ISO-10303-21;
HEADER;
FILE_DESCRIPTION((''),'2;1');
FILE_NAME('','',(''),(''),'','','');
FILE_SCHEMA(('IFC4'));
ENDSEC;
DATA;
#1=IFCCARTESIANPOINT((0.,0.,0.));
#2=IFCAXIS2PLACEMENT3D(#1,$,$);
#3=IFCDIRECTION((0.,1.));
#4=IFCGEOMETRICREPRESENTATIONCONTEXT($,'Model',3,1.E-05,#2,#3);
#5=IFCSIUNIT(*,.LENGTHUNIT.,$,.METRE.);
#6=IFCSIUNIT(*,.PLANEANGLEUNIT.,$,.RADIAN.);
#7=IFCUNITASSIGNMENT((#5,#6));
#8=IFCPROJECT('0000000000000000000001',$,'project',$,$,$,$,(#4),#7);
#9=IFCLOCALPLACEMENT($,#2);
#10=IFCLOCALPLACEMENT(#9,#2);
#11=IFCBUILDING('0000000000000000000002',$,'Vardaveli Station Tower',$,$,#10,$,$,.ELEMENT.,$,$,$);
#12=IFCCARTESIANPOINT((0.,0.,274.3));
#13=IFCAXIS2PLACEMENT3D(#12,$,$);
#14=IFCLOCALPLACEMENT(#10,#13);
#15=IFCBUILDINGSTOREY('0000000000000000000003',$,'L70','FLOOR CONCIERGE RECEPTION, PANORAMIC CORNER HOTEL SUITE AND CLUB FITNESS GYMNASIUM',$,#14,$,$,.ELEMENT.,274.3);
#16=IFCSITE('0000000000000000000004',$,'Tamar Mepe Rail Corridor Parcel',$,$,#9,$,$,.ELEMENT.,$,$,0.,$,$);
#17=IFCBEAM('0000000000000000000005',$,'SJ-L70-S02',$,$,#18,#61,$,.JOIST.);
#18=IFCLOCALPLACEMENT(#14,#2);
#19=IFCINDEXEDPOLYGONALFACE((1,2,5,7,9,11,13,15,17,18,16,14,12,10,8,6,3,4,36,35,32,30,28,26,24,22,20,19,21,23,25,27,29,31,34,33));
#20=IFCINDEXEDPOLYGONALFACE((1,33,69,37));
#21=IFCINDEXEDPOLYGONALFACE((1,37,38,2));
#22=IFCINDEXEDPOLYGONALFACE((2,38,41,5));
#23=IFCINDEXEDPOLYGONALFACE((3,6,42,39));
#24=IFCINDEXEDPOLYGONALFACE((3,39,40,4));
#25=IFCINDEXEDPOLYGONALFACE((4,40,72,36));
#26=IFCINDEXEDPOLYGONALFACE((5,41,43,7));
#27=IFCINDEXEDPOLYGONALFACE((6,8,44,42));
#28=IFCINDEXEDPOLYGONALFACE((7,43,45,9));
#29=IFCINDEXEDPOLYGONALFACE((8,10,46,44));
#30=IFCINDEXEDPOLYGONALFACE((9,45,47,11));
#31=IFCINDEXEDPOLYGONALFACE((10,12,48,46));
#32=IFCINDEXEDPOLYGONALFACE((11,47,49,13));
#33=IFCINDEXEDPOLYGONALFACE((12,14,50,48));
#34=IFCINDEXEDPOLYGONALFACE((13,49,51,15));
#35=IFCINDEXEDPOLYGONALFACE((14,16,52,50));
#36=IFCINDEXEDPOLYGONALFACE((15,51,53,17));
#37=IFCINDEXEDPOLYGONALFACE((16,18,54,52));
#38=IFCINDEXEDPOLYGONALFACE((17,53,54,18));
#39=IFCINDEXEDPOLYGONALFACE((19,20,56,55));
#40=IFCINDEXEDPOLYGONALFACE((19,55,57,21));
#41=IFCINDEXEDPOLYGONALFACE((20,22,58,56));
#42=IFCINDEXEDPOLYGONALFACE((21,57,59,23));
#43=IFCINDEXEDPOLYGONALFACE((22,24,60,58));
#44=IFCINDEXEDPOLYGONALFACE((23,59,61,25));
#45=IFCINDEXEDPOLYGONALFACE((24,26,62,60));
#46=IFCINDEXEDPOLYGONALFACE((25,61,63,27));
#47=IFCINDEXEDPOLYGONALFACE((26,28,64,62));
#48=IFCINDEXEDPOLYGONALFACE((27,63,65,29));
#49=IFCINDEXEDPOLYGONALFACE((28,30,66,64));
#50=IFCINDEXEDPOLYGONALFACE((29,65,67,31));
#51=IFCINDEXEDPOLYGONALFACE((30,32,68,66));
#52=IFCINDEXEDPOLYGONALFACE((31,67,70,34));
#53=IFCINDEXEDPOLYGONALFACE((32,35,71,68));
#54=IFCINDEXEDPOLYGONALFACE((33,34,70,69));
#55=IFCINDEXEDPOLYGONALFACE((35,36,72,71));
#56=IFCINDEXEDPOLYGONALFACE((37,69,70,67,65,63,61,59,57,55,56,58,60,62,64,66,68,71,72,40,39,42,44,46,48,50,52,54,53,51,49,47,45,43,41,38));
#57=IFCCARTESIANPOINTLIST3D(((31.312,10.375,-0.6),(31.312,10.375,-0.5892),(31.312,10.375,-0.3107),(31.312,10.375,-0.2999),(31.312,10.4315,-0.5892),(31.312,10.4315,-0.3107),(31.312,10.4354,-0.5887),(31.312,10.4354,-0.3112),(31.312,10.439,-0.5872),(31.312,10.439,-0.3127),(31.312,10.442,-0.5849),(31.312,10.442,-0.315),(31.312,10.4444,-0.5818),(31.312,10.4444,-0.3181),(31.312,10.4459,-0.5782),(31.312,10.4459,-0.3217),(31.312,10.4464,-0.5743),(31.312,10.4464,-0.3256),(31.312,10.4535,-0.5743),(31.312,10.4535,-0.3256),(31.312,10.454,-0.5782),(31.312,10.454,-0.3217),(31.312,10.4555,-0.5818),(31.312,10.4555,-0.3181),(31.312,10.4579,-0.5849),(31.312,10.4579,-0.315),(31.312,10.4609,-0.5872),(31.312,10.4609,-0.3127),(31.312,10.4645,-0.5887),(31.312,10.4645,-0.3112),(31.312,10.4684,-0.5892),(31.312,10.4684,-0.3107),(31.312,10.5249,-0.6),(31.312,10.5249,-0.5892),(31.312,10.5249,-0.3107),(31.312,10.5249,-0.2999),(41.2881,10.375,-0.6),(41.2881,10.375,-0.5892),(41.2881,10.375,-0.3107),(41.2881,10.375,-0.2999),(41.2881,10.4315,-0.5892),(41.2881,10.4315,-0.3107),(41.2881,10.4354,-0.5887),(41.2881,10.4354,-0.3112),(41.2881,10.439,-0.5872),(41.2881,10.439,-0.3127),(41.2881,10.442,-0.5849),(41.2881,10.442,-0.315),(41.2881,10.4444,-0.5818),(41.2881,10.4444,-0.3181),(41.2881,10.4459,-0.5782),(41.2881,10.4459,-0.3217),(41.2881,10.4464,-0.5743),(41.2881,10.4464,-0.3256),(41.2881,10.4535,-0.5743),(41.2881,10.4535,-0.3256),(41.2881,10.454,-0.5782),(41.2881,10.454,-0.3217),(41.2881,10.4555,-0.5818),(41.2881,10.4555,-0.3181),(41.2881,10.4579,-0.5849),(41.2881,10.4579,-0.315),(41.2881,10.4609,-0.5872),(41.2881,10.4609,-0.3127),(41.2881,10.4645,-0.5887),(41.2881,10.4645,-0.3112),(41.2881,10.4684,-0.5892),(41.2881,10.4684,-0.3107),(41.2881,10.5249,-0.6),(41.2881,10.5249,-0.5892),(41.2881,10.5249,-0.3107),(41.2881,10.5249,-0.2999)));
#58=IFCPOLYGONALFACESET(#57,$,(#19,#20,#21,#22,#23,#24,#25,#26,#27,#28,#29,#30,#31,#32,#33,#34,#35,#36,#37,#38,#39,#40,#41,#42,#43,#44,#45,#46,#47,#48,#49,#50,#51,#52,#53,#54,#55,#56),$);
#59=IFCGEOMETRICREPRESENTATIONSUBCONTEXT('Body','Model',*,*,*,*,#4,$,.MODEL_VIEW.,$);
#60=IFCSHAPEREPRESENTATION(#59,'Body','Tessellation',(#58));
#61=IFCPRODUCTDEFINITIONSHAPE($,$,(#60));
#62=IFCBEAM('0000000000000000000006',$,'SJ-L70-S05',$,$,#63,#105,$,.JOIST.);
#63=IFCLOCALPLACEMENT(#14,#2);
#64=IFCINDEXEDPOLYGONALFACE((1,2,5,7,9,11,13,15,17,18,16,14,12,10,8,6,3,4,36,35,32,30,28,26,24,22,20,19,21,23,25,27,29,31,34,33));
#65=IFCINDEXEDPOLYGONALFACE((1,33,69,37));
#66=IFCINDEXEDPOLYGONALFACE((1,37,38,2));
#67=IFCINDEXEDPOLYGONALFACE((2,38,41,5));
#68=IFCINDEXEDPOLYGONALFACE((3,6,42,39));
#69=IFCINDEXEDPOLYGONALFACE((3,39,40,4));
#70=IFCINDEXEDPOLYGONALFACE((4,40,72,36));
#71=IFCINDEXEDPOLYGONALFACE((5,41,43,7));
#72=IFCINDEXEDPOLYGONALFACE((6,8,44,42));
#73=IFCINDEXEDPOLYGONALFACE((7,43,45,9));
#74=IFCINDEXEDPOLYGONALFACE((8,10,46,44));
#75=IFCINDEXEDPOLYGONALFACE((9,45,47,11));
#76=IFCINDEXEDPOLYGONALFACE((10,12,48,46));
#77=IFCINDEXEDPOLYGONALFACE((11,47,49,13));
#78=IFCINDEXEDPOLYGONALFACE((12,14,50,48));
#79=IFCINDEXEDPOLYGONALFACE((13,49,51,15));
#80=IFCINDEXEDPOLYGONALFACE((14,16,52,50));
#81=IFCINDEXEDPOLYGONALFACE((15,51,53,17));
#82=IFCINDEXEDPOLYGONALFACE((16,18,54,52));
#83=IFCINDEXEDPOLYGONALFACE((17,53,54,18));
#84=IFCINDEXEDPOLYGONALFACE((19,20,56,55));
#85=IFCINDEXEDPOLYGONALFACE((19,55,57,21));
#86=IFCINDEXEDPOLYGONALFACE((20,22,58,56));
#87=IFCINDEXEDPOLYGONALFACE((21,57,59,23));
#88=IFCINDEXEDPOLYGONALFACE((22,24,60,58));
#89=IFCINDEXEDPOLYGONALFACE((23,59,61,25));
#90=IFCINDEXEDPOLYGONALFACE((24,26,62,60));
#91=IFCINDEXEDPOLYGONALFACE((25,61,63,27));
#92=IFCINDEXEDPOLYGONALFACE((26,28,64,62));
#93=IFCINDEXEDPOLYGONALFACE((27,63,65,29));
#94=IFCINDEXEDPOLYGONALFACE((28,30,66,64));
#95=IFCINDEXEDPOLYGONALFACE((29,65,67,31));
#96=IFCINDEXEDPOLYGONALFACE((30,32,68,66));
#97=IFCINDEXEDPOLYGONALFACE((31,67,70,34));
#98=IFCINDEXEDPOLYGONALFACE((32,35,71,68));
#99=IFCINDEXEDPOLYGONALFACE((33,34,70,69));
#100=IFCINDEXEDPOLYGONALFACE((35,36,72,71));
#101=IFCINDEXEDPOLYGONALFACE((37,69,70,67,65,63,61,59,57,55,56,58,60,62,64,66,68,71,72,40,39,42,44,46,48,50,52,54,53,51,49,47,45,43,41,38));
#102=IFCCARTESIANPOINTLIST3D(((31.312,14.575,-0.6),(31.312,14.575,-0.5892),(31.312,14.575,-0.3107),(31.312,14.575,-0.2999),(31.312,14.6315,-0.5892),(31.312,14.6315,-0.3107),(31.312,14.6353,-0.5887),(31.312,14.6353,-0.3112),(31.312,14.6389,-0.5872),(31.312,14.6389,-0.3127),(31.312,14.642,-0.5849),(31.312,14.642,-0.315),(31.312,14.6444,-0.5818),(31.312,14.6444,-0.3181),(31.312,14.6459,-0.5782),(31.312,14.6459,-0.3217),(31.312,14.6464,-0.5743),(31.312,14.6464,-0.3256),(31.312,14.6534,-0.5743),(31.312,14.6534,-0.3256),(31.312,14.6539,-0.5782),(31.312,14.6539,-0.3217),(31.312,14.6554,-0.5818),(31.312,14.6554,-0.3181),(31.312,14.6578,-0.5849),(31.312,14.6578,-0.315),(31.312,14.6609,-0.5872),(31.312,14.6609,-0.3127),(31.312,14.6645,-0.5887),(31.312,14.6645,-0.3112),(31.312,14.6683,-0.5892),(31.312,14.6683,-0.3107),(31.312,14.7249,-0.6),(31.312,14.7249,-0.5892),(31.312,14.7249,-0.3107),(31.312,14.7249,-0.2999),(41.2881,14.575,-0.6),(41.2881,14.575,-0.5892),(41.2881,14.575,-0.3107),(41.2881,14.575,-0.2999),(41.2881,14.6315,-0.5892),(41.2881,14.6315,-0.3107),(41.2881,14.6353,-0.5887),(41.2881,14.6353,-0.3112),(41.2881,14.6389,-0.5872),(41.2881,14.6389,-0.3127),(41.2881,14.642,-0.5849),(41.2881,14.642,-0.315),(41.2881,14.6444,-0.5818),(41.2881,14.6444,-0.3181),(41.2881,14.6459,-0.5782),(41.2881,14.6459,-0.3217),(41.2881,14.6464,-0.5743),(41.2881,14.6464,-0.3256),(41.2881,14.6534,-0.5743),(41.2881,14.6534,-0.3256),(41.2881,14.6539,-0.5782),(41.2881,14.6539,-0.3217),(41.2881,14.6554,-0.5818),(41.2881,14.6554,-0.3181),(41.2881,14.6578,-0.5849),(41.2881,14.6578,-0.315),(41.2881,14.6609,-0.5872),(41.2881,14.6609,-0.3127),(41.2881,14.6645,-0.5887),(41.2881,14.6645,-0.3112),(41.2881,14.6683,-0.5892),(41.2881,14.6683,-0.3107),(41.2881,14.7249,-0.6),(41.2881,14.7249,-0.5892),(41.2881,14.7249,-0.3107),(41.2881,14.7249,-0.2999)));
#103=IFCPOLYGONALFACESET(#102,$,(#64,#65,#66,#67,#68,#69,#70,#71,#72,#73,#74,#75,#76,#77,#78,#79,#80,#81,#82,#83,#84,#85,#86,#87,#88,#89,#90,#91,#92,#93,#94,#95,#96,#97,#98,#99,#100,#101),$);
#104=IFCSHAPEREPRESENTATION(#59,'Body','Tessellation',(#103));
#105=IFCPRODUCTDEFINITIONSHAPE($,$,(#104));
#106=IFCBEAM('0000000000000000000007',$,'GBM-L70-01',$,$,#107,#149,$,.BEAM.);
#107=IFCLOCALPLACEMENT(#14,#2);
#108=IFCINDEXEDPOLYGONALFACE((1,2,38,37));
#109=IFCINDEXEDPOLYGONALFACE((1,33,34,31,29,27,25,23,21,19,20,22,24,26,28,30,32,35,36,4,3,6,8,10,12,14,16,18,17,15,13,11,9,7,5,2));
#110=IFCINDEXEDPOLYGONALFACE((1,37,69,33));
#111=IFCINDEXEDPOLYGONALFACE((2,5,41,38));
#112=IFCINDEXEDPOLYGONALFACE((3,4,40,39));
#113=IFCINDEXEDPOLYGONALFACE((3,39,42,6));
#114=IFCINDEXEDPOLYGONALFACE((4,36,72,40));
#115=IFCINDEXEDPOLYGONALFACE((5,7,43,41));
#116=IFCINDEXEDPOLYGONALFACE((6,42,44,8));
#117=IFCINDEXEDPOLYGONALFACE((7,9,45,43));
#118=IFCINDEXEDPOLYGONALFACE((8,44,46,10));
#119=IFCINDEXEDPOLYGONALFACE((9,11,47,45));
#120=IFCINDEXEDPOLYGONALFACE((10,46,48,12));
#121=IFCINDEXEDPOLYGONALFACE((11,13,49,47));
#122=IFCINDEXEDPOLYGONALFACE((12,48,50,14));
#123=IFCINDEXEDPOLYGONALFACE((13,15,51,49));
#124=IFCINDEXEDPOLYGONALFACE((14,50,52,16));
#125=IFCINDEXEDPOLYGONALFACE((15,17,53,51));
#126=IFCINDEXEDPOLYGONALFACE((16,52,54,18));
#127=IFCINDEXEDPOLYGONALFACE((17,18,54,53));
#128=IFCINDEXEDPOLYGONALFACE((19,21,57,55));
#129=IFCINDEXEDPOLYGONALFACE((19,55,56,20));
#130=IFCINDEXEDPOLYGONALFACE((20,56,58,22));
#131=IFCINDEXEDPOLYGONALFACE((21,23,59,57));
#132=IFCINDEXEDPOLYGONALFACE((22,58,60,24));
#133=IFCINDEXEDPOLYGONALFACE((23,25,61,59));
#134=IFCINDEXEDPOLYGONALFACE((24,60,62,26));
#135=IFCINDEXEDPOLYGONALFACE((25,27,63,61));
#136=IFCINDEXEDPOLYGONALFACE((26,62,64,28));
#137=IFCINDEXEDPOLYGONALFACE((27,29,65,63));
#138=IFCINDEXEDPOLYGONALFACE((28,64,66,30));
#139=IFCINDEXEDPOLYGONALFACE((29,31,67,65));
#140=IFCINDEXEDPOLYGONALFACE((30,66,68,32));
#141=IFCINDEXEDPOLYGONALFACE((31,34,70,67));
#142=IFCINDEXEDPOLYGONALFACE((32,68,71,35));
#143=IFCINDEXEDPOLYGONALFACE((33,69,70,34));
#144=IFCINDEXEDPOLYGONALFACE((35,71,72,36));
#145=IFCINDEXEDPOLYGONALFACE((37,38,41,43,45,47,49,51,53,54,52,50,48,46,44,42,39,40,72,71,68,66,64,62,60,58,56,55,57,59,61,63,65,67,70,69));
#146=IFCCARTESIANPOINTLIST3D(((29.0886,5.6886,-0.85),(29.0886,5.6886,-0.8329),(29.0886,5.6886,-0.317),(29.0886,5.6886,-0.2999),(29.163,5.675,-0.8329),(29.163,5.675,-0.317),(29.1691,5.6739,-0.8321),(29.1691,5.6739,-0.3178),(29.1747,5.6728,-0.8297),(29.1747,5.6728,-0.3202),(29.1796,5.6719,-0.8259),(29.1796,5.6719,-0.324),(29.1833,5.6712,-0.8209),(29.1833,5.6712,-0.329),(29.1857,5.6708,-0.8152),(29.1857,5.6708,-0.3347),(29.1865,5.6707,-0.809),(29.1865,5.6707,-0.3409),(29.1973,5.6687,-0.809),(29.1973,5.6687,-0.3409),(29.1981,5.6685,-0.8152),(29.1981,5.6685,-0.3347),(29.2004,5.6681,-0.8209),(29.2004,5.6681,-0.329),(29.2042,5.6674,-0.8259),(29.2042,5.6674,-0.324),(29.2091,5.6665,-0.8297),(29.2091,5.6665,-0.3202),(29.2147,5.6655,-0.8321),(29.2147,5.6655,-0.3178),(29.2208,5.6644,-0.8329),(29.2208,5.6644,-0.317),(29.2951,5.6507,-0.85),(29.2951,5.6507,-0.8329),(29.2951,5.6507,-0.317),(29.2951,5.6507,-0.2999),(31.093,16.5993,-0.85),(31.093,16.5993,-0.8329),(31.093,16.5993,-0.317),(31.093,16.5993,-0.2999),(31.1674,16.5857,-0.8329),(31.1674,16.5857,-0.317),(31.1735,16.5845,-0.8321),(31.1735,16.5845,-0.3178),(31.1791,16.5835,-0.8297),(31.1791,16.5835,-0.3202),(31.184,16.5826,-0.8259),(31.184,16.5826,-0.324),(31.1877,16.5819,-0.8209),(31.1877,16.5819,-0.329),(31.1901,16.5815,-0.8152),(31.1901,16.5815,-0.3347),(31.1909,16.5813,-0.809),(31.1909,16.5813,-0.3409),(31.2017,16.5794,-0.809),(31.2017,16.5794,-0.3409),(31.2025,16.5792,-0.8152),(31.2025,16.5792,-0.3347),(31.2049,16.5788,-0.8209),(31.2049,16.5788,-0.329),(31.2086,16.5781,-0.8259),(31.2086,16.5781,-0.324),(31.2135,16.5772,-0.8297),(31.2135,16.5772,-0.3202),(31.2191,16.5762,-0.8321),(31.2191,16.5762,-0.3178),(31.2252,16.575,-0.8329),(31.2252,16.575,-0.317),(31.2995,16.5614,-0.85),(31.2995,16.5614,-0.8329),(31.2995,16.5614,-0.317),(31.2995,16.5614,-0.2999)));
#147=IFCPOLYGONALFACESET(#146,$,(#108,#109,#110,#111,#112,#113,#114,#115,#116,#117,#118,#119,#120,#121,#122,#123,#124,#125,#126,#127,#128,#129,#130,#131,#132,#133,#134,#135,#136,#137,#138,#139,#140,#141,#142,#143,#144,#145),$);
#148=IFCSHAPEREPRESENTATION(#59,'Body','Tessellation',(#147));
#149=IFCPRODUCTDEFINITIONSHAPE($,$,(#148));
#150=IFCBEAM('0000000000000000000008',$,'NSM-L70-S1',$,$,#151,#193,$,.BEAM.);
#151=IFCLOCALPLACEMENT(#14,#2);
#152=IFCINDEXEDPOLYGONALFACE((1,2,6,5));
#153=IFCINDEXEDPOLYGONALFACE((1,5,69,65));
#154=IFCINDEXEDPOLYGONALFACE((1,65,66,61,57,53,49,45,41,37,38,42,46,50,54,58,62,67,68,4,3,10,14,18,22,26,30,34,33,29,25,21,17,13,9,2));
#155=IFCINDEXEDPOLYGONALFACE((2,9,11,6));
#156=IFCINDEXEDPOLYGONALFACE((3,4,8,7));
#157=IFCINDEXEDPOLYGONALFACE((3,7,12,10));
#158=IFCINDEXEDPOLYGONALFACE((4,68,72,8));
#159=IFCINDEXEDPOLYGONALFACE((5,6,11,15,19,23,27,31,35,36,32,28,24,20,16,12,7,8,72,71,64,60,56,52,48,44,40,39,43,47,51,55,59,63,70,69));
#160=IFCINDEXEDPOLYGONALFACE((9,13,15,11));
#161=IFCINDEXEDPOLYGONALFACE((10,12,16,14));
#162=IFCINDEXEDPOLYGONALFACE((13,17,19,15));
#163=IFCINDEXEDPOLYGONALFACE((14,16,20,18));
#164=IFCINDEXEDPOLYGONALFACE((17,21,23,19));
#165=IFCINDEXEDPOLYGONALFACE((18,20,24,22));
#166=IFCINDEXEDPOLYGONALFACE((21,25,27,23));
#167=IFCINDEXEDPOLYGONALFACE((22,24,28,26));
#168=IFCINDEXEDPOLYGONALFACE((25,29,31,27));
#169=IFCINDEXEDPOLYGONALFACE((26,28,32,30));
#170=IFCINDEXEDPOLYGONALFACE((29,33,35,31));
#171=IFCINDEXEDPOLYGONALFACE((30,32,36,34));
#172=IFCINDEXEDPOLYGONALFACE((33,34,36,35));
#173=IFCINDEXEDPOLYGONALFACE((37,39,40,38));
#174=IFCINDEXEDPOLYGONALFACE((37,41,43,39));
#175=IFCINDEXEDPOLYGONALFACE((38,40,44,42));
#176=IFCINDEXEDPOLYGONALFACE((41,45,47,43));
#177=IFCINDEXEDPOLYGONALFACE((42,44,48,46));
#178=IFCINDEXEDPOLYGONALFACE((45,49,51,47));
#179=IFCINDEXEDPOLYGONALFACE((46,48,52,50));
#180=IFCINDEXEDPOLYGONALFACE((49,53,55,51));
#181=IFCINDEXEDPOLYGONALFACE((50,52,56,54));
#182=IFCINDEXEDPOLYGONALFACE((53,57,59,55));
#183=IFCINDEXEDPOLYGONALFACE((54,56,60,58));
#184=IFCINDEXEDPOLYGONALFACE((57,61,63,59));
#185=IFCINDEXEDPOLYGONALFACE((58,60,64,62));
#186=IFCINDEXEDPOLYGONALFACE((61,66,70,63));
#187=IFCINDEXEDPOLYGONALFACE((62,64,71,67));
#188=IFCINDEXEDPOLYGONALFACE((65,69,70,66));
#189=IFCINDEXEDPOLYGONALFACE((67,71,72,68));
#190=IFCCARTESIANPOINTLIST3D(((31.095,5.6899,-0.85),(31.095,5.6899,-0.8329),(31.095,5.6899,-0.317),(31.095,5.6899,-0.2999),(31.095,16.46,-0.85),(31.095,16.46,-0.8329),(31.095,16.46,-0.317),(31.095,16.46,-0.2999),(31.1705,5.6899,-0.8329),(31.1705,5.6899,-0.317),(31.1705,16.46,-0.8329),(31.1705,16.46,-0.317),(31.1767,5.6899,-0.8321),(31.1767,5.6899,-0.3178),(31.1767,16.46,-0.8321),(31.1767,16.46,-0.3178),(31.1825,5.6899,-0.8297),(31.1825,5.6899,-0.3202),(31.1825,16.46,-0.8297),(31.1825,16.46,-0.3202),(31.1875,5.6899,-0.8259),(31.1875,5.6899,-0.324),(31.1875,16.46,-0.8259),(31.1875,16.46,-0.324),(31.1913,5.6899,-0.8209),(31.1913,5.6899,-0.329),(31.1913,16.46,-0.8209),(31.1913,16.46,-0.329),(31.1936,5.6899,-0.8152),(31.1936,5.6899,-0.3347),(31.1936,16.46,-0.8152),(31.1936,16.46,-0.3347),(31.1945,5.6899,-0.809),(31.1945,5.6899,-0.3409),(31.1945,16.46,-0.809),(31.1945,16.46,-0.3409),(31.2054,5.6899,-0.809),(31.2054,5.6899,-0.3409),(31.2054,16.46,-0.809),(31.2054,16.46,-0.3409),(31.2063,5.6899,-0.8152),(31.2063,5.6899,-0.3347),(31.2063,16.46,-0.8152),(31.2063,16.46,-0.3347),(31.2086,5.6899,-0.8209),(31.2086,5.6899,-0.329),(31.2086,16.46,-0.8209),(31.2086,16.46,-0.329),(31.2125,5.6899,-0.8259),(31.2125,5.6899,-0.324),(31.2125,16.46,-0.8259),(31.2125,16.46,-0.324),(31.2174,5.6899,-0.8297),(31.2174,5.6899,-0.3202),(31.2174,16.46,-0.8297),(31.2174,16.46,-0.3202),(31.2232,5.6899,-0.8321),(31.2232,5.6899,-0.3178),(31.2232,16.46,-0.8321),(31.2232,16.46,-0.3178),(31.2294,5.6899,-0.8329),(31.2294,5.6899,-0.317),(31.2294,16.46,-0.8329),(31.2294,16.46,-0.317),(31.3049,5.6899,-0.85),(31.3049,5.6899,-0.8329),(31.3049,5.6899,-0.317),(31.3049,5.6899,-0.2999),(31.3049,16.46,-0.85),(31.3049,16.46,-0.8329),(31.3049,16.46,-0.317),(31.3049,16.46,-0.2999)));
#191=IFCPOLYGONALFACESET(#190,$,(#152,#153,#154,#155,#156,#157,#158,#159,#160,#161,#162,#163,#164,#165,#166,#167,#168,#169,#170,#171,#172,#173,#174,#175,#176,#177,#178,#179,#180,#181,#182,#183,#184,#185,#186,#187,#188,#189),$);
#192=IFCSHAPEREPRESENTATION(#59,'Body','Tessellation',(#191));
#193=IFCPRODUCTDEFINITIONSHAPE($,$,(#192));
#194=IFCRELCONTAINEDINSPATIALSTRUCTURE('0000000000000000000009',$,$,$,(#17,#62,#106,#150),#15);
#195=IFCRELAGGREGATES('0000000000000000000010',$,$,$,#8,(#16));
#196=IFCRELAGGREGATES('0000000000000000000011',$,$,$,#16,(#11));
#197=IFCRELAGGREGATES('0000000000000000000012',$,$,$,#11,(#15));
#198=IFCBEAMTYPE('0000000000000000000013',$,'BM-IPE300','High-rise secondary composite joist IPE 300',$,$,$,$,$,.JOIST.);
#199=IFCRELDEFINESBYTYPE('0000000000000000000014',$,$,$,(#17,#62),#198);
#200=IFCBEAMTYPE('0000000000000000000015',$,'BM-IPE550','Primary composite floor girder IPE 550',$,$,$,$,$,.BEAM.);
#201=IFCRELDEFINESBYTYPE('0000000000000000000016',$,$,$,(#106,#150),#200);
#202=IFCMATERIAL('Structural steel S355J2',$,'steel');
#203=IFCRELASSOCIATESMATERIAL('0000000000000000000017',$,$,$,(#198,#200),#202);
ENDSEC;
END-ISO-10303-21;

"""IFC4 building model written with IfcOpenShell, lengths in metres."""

from ifc_helpers import new_model, si_unit, direction, frame, origin, origin_2d, place, context, subcontext, project, spatial, i_section, extrude, source, transform, mapped, material, material_profile, profile_set, type_object, element, save


model = new_model("IFC4")

# Units and contexts
model_context = context("Model", 3, precision=1e-05, world=origin(), true_north=direction((0.0, 1.0)))
body_context = subcontext(model_context, "Body", "Model", "MODEL_VIEW")
ifc_project = project(units=[si_unit("LENGTHUNIT", "METRE"), si_unit("PLANEANGLEUNIT", "RADIAN")], contexts=[model_context])

# Site, building, storey
site_placement = place(None, origin())
site = spatial("IfcSite", under=ifc_project, at=site_placement, Name="Tamar Mepe Rail Corridor Parcel", CompositionType="ELEMENT", RefElevation=0.0)
building_placement = place(site_placement, origin())
building = spatial("IfcBuilding", under=site, at=building_placement, Name="Vardaveli Station Tower", CompositionType="ELEMENT")
storey_placement = place(building_placement, frame((0.0, 0.0, 274.3)))
storey = spatial("IfcBuildingStorey", under=building, at=storey_placement, Name="L70", Description="FLOOR CONCIERGE RECEPTION, PANORAMIC CORNER HOTEL SUITE AND CLUB FITNESS GYMNASIUM", CompositionType="ELEMENT", Elevation=274.3)

# Beams
ifc_material_1 = material(Name="Structural steel S355J2", Category="steel")
ifc_material_profile_1 = material_profile(ifc_material_1, i_section(OverallWidth=0.1499, OverallDepth=0.3, WebThickness=0.0071, FlangeThickness=0.0107, FilletRadius=0.0149, at=origin_2d()), Name="IPE 300")
ifc_profile_set_1 = profile_set([ifc_material_profile_1], Name="Structural steel S355J2")
beam_type_1 = type_object("IfcBeamType", Name="BM-IPE300", Description="High-rise secondary composite joist IPE 300", PredefinedType="JOIST", material=ifc_profile_set_1)
shared_shape_1 = source(origin(), body_context, "Body", "SweptSolid", [
    extrude(i_section(OverallWidth=0.1499, OverallDepth=0.3, WebThickness=0.0071, FlangeThickness=0.0107, FilletRadius=0.0149, at=origin_2d()), origin(), (0.0, 0.0, 1.0), 9.9761),
])
for number, where, z_axis, x_axis, name in (
    (1, (31.312, 10.45, -0.45), (1.0, 0.0, 0.0), (0.0, 1.0, 0.0), "SJ-L70-S02"),
    (2, (31.312, 14.6499, -0.45), (1.0, 0.0, 0.0), (0.0, 1.0, 0.0), "SJ-L70-S05"),
):
    element("IfcBeam", number, at=place(storey_placement, frame(where, z_axis=z_axis, x_axis=x_axis)), inside=storey, type_object=beam_type_1, Name=name, PredefinedType="JOIST", context=body_context, shape_type="MappedRepresentation", body=[
        mapped(shared_shape_1, transform((0.0, 0.0, 0.0), scale=1.0)),
    ])
ifc_material_profile_2 = material_profile(ifc_material_1, i_section(OverallWidth=0.21, OverallDepth=0.55, WebThickness=0.011, FlangeThickness=0.0171, FilletRadius=0.0239, at=origin_2d()), Name="IPE 550")
ifc_profile_set_2 = profile_set([ifc_material_profile_2], Name="Structural steel S355J2")
beam_type_2 = type_object("IfcBeamType", Name="BM-IPE550", Description="Primary composite floor girder IPE 550", PredefinedType="BEAM", material=ifc_profile_set_2)
shared_shape_2 = source(origin(), body_context, "Body", "SweptSolid", [
    extrude(i_section(OverallWidth=0.21, OverallDepth=0.55, WebThickness=0.011, FlangeThickness=0.0171, FilletRadius=0.0239, at=origin_2d()), origin(), (0.0, 0.0, 1.0), 11.0933),
])
beam_1_placement = place(storey_placement, frame((29.1919, 5.6697, -0.575), z_axis=(0.180686, 0.983541, 0.0), x_axis=(-0.983541, 0.180686, 0.0)))
element("IfcBeam", 3, at=beam_1_placement, inside=storey, type_object=beam_type_2, Name="GBM-L70-01", PredefinedType="BEAM", context=body_context, shape_type="MappedRepresentation", body=[
    mapped(shared_shape_2, transform((0.0, 0.0, 0.0), scale=1.0)),
])
shared_shape_3 = source(origin(), body_context, "Body", "SweptSolid", [
    extrude(i_section(OverallWidth=0.21, OverallDepth=0.55, WebThickness=0.011, FlangeThickness=0.0171, FilletRadius=0.0239, at=origin_2d()), origin(), (0.0, 0.0, 1.0), 10.77),
])
beam_2_placement = place(storey_placement, frame((31.2, 5.6899, -0.575), z_axis=(0.0, 1.0, 0.0), x_axis=(-1.0, 0.0, 0.0)))
element("IfcBeam", 4, at=beam_2_placement, inside=storey, type_object=beam_type_2, Name="NSM-L70-S1", PredefinedType="BEAM", context=body_context, shape_type="MappedRepresentation", body=[
    mapped(shared_shape_3, transform((0.0, 0.0, 0.0), scale=1.0)),
])

save(model, "model.ifc")
